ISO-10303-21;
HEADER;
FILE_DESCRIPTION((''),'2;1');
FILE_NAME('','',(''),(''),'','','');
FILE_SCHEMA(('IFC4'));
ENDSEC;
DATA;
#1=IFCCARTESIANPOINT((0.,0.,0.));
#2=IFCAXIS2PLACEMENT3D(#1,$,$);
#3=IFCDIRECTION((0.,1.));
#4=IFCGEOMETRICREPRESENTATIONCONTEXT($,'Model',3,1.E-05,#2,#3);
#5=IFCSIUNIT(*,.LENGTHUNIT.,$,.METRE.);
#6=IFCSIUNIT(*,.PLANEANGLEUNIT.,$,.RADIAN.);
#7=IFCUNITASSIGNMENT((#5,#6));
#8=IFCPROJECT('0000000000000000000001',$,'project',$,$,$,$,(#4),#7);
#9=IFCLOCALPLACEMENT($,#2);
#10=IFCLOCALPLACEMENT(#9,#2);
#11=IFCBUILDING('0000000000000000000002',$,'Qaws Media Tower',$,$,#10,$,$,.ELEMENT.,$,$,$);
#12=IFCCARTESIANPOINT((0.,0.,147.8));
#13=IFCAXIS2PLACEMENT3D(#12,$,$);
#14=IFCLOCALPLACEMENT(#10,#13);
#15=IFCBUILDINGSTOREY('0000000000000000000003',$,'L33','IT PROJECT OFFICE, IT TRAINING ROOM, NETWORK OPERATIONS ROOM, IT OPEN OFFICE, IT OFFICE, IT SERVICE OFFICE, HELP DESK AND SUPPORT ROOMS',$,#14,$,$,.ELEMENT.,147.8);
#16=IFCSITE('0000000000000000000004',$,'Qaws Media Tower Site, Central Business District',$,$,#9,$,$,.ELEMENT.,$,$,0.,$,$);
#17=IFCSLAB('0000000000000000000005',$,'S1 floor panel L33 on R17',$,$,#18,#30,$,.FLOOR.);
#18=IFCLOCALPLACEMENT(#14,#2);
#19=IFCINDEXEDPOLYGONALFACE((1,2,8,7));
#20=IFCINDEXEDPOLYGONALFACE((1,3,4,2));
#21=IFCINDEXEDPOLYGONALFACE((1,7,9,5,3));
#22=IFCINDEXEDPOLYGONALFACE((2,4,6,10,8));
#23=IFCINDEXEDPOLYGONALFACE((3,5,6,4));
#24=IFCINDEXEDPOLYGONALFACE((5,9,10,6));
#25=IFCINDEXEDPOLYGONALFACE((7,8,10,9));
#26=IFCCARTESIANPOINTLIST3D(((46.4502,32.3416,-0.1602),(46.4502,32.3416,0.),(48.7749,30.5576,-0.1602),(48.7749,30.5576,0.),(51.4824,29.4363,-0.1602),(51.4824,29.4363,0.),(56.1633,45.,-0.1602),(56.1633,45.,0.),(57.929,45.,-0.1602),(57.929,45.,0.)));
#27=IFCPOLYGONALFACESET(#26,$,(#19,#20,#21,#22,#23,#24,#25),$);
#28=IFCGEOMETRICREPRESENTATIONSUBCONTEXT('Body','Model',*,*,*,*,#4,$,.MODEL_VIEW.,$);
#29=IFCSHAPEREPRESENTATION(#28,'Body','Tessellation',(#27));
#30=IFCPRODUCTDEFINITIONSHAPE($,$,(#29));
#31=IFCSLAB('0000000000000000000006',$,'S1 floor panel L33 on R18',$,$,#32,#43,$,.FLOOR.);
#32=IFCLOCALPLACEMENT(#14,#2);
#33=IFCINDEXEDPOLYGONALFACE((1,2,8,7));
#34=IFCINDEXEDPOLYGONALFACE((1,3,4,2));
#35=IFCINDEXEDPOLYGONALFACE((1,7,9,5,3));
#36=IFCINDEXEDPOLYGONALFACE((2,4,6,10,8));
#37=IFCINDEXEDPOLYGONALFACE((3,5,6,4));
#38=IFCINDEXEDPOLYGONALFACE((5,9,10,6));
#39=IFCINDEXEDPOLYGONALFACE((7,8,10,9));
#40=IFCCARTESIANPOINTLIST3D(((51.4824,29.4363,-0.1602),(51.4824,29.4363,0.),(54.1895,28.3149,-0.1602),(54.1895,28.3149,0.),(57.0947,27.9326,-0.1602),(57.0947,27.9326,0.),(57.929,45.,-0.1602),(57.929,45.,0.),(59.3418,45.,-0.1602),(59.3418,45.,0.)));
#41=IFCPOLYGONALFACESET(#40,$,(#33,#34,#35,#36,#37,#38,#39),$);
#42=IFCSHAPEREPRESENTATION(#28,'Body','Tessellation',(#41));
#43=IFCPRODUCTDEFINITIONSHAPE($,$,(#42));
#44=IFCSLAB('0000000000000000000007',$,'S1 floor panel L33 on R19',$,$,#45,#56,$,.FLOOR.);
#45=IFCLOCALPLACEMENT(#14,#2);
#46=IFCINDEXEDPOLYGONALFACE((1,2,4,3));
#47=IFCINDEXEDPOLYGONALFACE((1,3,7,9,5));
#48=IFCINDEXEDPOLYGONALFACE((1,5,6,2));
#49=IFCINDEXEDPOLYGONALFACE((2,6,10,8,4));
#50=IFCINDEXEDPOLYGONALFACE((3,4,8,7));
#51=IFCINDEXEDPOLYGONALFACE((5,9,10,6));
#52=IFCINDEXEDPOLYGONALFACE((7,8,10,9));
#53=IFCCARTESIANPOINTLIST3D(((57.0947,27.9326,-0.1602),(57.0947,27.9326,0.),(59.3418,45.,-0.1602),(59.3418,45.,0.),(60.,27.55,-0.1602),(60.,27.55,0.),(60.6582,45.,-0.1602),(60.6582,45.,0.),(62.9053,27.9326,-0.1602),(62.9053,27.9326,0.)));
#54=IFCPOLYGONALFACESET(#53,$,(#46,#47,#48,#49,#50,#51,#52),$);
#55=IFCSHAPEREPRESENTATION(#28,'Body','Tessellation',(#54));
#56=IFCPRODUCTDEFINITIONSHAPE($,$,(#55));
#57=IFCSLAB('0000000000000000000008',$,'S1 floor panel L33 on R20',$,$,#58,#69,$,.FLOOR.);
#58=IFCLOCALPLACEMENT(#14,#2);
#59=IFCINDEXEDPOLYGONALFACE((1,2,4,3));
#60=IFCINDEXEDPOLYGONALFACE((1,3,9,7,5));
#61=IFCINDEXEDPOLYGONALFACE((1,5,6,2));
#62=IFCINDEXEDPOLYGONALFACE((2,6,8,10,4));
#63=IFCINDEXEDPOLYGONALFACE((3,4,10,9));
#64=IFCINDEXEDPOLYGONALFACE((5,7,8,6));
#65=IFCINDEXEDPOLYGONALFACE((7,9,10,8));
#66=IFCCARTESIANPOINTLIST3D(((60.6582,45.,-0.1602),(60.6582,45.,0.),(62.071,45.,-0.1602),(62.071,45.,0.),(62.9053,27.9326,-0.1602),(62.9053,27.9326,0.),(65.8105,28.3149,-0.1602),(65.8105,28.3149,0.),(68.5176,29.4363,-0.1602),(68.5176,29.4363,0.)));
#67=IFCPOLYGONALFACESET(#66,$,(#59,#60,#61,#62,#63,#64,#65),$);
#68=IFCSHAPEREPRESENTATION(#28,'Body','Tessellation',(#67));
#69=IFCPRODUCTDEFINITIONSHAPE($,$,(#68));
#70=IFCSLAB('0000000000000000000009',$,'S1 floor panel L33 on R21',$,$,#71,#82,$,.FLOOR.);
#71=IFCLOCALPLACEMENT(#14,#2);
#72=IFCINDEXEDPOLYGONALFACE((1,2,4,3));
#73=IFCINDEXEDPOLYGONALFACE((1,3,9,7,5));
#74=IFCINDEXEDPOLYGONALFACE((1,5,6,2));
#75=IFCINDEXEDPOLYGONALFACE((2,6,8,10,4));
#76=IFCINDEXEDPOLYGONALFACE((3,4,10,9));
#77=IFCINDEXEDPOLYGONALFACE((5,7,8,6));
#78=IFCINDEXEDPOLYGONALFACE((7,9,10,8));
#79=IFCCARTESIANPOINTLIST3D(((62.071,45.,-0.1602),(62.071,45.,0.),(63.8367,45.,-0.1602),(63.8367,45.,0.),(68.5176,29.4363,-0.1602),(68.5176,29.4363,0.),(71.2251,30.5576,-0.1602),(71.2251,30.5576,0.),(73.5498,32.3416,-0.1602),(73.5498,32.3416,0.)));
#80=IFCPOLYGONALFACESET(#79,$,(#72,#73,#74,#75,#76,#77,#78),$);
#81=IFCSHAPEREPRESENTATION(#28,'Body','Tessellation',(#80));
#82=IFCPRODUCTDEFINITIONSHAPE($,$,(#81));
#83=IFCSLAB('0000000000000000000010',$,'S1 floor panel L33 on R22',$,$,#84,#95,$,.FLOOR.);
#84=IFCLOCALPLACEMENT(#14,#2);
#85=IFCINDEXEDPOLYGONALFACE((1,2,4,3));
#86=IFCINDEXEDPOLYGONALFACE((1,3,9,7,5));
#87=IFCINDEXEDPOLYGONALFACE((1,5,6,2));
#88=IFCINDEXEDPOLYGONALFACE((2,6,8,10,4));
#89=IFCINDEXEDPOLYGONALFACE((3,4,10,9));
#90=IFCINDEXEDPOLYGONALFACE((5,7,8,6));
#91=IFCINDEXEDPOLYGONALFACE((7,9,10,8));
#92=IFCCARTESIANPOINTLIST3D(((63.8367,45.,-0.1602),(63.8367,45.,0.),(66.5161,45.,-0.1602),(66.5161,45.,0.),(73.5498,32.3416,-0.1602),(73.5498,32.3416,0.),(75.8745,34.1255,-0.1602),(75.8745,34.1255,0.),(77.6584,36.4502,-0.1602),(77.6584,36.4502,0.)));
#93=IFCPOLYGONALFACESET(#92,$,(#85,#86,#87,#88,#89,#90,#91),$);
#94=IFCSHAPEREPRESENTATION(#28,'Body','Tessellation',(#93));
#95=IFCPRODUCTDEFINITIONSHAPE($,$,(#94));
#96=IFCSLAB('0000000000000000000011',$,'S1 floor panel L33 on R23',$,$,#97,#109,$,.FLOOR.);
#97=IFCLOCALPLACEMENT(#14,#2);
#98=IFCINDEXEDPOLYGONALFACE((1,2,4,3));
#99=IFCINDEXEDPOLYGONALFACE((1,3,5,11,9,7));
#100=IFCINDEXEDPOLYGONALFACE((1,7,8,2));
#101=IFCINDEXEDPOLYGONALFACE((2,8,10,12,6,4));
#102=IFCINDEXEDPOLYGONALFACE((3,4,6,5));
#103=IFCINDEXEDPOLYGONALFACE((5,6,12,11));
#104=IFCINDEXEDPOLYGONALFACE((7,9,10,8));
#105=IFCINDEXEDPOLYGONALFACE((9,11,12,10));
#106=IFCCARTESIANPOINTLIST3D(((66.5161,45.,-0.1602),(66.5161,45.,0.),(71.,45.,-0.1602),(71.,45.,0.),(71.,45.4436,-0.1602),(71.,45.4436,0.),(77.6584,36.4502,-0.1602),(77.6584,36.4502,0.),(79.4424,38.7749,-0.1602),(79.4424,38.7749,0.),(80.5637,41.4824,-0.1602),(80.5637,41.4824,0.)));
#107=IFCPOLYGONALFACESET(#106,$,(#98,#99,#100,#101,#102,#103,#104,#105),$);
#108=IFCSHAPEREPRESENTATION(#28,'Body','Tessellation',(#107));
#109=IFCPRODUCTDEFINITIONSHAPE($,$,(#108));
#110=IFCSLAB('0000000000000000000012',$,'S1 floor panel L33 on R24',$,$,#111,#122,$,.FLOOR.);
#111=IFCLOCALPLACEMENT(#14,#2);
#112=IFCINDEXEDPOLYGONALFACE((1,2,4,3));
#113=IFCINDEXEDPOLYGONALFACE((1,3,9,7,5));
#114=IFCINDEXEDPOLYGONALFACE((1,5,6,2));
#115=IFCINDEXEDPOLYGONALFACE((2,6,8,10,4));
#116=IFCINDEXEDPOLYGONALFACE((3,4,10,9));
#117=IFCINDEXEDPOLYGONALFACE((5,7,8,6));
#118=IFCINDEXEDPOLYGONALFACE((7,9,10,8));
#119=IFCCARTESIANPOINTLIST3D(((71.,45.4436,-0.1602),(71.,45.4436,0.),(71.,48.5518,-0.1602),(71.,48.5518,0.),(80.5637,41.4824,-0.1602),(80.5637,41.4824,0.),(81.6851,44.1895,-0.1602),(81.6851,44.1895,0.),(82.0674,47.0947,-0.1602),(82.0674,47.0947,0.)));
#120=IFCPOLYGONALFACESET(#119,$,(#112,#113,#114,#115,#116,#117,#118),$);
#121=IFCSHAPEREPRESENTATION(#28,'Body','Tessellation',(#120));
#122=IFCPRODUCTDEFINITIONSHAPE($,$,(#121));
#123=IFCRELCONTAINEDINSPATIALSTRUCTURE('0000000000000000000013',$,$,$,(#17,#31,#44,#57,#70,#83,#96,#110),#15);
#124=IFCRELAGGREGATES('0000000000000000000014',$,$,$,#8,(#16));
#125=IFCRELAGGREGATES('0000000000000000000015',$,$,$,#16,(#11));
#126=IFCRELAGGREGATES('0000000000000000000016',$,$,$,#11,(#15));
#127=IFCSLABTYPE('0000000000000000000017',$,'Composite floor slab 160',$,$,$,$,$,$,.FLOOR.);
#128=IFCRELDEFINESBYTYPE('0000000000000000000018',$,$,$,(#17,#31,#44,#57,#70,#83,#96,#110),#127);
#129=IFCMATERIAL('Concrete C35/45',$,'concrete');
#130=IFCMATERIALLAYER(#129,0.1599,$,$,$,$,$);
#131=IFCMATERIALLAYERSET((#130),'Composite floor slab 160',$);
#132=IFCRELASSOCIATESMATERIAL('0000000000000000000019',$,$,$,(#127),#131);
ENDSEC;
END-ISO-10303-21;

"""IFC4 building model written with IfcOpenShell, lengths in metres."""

from ifc_helpers import new_model, si_unit, direction, frame, origin, place, context, subcontext, project, spatial, polyline, outline, extrude, material, layer, layer_set, type_object, element, save


model = new_model("IFC4")

# Units and contexts
model_context = context("Model", 3, precision=1e-05, world=origin(), true_north=direction((0.0, 1.0)))
body_context = subcontext(model_context, "Body", "Model", "MODEL_VIEW")
ifc_project = project(units=[si_unit("LENGTHUNIT", "METRE"), si_unit("PLANEANGLEUNIT", "RADIAN")], contexts=[model_context])

# Site, building, storey
site_placement = place(None, origin())
site = spatial("IfcSite", under=ifc_project, at=site_placement, Name="Qaws Media Tower Site, Central Business District", CompositionType="ELEMENT", RefElevation=0.0)
building_placement = place(site_placement, origin())
building = spatial("IfcBuilding", under=site, at=building_placement, Name="Qaws Media Tower", CompositionType="ELEMENT")
storey_placement = place(building_placement, frame((0.0, 0.0, 147.8)))
storey = spatial("IfcBuildingStorey", under=building, at=storey_placement, Name="L33", Description="IT PROJECT OFFICE, IT TRAINING ROOM, NETWORK OPERATIONS ROOM, IT OPEN OFFICE, IT OFFICE, IT SERVICE OFFICE, HELP DESK AND SUPPORT ROOMS", CompositionType="ELEMENT", Elevation=147.8)

# Slabs
ifc_material_1 = material(Name="Concrete C35/45", Category="concrete")
ifc_layer_1 = layer(ifc_material_1, 0.1599)
ifc_layer_set_1 = layer_set([ifc_layer_1], Name="Composite floor slab 160")
slab_type_1 = type_object("IfcSlabType", Name="Composite floor slab 160", PredefinedType="FLOOR", material=ifc_layer_set_1)
slab_1_placement = place(storey_placement, frame((0.0, 0.0, -0.1602)))
element("IfcSlab", 1, at=slab_1_placement, inside=storey, type_object=slab_type_1, Name="S1 floor panel L33 on R17", PredefinedType="FLOOR", context=body_context, shape_type="SweptSolid", body=[
    extrude(outline(polyline([(48.7749, 30.5576), (46.4502, 32.3416), (56.1633, 45.0), (57.929, 45.0), (51.4824, 29.4363), (48.7749, 30.5576)])), origin(), (0.0, 0.0, 1.0), 0.1602),
])
slab_2_placement = place(storey_placement, frame((0.0, 0.0, -0.1602)))
element("IfcSlab", 2, at=slab_2_placement, inside=storey, type_object=slab_type_1, Name="S1 floor panel L33 on R18", PredefinedType="FLOOR", context=body_context, shape_type="SweptSolid", body=[
    extrude(outline(polyline([(54.1895, 28.3149), (51.4824, 29.4363), (57.929, 45.0), (59.3418, 45.0), (57.0947, 27.9326), (54.1895, 28.3149)])), origin(), (0.0, 0.0, 1.0), 0.1602),
])
slab_3_placement = place(storey_placement, frame((0.0, 0.0, -0.1602)))
element("IfcSlab", 3, at=slab_3_placement, inside=storey, type_object=slab_type_1, Name="S1 floor panel L33 on R19", PredefinedType="FLOOR", context=body_context, shape_type="SweptSolid", body=[
    extrude(outline(polyline([(60.0, 27.55), (57.0947, 27.9326), (59.3418, 45.0), (60.6582, 45.0), (62.9053, 27.9326), (60.0, 27.55)])), origin(), (0.0, 0.0, 1.0), 0.1602),
])
slab_4_placement = place(storey_placement, frame((0.0, 0.0, -0.1602)))
element("IfcSlab", 4, at=slab_4_placement, inside=storey, type_object=slab_type_1, Name="S1 floor panel L33 on R20", PredefinedType="FLOOR", context=body_context, shape_type="SweptSolid", body=[
    extrude(outline(polyline([(65.8105, 28.3149), (62.9053, 27.9326), (60.6582, 45.0), (62.071, 45.0), (68.5176, 29.4363), (65.8105, 28.3149)])), origin(), (0.0, 0.0, 1.0), 0.1602),
])
slab_5_placement = place(storey_placement, frame((0.0, 0.0, -0.1602)))
element("IfcSlab", 5, at=slab_5_placement, inside=storey, type_object=slab_type_1, Name="S1 floor panel L33 on R21", PredefinedType="FLOOR", context=body_context, shape_type="SweptSolid", body=[
    extrude(outline(polyline([(71.2251, 30.5576), (68.5176, 29.4363), (62.071, 45.0), (63.8367, 45.0), (73.5498, 32.3416), (71.2251, 30.5576)])), origin(), (0.0, 0.0, 1.0), 0.1602),
])
slab_6_placement = place(storey_placement, frame((0.0, 0.0, -0.1602)))
element("IfcSlab", 6, at=slab_6_placement, inside=storey, type_object=slab_type_1, Name="S1 floor panel L33 on R22", PredefinedType="FLOOR", context=body_context, shape_type="SweptSolid", body=[
    extrude(outline(polyline([(75.8745, 34.1255), (73.5498, 32.3416), (63.8367, 45.0), (66.5161, 45.0), (77.6584, 36.4502), (75.8745, 34.1255)])), origin(), (0.0, 0.0, 1.0), 0.1602),
])
slab_7_placement = place(storey_placement, frame((0.0, 0.0, -0.1602)))
element("IfcSlab", 7, at=slab_7_placement, inside=storey, type_object=slab_type_1, Name="S1 floor panel L33 on R23", PredefinedType="FLOOR", context=body_context, shape_type="SweptSolid", body=[
    extrude(outline(polyline([(79.4424, 38.7749), (77.6584, 36.4502), (66.5161, 45.0), (71.0, 45.0), (71.0, 45.4436), (80.5637, 41.4824), (79.4424, 38.7749)])), origin(), (0.0, 0.0, 1.0), 0.1602),
])
slab_8_placement = place(storey_placement, frame((0.0, 0.0, -0.1602)))
element("IfcSlab", 8, at=slab_8_placement, inside=storey, type_object=slab_type_1, Name="S1 floor panel L33 on R24", PredefinedType="FLOOR", context=body_context, shape_type="SweptSolid", body=[
    extrude(outline(polyline([(80.5637, 41.4824), (71.0, 45.4436), (71.0, 48.5518), (82.0674, 47.0947), (81.6851, 44.1895), (80.5637, 41.4824)])), origin(), (0.0, 0.0, 1.0), 0.1602),
])

save(model, "model.ifc")
